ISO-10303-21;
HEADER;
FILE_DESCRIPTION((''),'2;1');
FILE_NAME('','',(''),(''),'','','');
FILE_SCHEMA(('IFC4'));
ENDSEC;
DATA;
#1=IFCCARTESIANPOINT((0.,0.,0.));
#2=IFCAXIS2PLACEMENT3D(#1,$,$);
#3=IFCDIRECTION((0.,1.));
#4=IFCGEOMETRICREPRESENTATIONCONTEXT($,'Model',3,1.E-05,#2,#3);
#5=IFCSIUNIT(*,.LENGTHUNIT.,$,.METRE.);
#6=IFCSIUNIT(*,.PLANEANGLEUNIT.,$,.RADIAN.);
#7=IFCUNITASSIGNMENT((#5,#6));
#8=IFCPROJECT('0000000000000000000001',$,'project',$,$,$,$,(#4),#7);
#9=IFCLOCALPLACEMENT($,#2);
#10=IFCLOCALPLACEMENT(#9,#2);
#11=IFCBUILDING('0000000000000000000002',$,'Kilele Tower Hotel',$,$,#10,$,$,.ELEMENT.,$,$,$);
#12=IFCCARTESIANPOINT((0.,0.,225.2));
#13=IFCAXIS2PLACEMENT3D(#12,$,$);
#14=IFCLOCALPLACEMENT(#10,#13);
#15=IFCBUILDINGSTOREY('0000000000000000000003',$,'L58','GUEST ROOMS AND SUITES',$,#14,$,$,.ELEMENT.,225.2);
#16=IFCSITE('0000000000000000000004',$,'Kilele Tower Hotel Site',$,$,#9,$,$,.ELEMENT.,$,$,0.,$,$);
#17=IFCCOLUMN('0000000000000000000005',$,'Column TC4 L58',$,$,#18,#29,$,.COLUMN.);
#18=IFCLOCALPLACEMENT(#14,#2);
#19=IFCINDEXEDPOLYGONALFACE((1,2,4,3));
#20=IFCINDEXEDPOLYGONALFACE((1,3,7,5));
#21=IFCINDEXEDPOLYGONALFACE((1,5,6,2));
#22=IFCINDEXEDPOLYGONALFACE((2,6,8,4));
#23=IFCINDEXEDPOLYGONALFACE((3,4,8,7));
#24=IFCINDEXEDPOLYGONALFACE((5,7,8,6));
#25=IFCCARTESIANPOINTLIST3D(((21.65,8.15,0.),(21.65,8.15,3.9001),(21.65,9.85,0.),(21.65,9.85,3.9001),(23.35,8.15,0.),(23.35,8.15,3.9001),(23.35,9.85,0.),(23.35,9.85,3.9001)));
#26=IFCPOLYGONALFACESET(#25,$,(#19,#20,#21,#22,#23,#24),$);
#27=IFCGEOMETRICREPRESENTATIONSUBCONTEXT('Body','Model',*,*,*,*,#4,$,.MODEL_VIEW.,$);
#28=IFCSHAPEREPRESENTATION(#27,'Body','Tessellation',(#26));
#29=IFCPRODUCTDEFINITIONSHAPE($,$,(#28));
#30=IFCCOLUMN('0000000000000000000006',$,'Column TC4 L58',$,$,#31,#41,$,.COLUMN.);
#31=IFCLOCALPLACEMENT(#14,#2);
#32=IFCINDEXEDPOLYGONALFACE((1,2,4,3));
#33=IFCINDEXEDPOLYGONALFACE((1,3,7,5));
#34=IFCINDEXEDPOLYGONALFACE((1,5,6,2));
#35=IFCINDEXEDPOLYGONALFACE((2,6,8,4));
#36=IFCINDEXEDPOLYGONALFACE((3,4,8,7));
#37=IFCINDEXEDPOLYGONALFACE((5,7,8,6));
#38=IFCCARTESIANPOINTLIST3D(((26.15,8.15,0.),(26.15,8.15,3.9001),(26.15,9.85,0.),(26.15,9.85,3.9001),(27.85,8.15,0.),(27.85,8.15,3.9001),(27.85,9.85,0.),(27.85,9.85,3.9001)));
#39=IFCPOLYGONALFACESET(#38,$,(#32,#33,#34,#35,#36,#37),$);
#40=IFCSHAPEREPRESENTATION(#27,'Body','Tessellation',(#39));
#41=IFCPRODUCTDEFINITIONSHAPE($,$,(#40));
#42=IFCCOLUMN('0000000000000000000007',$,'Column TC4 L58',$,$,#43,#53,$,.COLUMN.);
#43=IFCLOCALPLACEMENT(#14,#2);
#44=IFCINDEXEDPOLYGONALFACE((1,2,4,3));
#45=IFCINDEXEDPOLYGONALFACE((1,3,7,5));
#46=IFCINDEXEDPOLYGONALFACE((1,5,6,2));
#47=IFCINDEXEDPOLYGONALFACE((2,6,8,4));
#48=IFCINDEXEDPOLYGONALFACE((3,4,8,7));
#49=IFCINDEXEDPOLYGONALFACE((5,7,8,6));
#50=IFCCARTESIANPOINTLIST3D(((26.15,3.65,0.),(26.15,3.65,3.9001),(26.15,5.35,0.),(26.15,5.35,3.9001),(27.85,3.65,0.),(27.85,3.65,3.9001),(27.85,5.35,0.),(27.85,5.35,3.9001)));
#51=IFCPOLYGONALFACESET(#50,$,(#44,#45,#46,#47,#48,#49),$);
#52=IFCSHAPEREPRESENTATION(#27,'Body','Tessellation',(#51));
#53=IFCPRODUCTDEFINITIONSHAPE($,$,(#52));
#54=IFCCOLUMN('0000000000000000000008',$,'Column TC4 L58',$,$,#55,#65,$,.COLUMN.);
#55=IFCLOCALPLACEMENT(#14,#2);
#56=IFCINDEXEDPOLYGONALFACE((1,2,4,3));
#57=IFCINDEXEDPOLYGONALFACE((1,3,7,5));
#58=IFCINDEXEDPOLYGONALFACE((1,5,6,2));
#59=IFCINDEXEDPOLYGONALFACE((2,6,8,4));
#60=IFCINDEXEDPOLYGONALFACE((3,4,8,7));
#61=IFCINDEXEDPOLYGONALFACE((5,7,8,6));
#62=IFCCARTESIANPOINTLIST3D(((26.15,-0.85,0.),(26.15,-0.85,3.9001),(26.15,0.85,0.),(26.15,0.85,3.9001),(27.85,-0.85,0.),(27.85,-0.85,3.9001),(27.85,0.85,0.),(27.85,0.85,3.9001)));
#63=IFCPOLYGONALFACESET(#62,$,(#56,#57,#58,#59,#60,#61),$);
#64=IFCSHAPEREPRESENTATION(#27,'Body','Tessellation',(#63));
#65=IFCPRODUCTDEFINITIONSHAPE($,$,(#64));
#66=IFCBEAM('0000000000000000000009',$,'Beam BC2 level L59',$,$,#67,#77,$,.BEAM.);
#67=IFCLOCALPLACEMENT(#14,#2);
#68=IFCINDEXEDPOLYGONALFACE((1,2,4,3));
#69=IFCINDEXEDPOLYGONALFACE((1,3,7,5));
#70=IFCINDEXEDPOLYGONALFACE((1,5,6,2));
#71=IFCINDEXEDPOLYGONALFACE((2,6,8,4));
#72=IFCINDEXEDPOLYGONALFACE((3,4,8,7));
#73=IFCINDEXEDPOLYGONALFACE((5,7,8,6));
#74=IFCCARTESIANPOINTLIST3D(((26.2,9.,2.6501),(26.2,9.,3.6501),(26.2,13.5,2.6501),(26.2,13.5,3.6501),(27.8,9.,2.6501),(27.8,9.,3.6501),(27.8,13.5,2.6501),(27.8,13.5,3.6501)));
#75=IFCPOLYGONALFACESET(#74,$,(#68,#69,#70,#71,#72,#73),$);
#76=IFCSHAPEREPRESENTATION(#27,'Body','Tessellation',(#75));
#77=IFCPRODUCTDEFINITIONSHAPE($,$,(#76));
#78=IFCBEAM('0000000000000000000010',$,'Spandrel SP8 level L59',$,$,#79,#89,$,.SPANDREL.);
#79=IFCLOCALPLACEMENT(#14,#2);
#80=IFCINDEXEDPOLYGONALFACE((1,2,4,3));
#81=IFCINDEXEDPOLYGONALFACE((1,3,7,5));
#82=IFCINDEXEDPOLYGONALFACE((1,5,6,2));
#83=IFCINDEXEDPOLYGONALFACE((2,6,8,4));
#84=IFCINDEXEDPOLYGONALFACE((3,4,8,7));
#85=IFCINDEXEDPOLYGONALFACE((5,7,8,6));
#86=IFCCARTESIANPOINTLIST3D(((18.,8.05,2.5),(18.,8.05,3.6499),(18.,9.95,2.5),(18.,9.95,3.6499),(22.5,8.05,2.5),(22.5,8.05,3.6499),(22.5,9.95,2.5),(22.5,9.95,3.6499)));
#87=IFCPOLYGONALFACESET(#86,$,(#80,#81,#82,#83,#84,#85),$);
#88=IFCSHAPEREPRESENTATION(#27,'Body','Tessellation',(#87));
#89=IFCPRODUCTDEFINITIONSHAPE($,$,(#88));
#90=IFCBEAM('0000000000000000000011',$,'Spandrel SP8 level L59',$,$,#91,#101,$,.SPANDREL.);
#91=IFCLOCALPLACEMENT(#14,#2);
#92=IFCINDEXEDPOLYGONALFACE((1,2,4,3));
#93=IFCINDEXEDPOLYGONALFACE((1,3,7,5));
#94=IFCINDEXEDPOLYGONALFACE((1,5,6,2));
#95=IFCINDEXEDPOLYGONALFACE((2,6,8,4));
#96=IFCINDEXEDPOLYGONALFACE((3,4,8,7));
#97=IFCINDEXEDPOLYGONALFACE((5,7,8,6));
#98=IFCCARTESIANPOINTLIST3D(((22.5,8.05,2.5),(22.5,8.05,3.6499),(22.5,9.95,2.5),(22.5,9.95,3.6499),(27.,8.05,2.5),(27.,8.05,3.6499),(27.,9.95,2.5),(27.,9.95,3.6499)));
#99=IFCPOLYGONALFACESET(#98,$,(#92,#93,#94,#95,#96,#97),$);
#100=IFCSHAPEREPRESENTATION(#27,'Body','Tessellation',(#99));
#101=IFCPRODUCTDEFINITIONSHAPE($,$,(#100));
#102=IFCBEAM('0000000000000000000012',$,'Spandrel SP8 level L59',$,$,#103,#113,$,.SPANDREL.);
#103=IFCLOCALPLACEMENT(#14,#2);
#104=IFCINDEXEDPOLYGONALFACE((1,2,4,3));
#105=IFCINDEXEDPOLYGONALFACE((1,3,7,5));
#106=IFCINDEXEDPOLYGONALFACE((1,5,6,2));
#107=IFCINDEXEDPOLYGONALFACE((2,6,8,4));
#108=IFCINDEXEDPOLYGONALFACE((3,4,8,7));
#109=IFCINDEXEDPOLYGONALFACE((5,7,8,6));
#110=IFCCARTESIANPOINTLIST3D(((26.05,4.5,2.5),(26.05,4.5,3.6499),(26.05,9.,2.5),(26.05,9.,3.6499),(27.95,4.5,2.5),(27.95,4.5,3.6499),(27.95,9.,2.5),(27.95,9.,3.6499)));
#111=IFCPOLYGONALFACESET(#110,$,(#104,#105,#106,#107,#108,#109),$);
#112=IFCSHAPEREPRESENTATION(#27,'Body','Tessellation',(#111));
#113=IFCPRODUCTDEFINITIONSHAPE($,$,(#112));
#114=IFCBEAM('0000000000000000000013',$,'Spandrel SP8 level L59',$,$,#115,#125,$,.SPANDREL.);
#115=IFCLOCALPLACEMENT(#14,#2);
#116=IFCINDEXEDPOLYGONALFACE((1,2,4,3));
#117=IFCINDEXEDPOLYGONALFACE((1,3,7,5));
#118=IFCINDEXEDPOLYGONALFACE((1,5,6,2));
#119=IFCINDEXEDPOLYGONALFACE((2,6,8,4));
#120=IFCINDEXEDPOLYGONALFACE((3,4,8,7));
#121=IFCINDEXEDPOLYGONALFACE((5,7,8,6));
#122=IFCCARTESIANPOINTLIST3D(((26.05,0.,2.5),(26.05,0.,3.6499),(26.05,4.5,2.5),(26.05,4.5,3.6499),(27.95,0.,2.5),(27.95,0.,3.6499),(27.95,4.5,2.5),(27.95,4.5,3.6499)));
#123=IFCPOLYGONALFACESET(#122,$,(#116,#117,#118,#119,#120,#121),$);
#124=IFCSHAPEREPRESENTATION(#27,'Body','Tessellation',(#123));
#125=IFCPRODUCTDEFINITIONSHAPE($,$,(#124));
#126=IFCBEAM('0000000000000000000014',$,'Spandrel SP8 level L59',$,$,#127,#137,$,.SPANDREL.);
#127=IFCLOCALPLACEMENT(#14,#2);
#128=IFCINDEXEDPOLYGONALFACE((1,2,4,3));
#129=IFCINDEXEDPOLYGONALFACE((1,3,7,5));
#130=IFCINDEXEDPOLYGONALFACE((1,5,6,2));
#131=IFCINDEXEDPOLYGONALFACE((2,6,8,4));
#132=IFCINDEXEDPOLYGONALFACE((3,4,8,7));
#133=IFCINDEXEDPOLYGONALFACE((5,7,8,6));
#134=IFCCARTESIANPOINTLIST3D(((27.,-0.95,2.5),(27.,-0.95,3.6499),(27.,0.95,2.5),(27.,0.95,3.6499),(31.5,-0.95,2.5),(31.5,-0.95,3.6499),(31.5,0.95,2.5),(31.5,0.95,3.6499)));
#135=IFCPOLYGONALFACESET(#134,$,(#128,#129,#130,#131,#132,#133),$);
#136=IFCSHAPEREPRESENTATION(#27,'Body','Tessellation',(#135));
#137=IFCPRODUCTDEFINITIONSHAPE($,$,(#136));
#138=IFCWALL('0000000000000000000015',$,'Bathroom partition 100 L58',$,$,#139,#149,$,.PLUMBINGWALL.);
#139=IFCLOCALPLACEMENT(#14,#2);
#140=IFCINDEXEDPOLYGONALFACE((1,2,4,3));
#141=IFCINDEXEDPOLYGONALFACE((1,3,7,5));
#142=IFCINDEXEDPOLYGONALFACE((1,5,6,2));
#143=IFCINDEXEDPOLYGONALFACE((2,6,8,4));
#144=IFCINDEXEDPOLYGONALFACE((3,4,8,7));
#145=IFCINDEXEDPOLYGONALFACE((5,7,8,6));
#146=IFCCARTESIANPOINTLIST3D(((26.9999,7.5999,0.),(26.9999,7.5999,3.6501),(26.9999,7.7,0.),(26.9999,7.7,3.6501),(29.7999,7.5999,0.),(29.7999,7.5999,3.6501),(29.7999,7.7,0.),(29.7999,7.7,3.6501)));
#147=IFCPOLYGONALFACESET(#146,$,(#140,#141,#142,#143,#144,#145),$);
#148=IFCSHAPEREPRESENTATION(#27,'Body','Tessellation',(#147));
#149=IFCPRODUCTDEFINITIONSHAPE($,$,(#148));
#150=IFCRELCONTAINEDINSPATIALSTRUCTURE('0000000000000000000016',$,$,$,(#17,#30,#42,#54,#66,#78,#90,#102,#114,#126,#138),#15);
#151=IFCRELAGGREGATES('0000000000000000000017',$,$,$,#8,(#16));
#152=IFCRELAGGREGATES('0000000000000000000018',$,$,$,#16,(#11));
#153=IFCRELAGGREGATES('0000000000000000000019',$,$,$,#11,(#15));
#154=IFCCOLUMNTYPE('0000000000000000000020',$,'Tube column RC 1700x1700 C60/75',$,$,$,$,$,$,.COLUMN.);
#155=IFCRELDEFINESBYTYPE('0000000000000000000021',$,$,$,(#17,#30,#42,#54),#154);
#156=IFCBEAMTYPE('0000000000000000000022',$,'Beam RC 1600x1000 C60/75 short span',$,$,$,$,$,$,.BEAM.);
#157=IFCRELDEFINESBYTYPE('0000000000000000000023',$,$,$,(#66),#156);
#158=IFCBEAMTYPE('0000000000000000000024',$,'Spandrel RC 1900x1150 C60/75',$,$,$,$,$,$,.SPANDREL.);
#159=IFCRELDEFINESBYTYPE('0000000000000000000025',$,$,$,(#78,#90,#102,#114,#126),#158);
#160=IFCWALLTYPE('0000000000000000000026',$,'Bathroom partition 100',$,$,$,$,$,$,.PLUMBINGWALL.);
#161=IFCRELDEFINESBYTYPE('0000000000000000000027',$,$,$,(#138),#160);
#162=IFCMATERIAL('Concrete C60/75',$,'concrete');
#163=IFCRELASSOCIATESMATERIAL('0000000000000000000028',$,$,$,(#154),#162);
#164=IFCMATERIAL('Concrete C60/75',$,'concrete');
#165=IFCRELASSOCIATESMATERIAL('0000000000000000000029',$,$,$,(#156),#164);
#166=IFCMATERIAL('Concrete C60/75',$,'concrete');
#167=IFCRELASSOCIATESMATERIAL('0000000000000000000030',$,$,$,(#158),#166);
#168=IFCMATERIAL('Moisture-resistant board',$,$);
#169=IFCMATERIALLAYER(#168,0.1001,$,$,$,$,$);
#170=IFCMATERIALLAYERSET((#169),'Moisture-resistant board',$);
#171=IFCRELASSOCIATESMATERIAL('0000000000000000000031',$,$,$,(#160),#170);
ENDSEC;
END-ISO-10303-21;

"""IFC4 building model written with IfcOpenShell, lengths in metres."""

from ifc_helpers import new_model, si_unit, direction, frame, frame_2d, origin, origin_2d, place, context, subcontext, project, spatial, rectangle, extrude, material, layer, layer_set, material_profile, profile_set, type_object, element, save


model = new_model("IFC4")

# Units and contexts
model_context = context("Model", 3, precision=1e-05, world=origin(), true_north=direction((0.0, 1.0)))
body_context = subcontext(model_context, "Body", "Model", "MODEL_VIEW")
ifc_project = project(units=[si_unit("LENGTHUNIT", "METRE"), si_unit("PLANEANGLEUNIT", "RADIAN")], contexts=[model_context])

# Site, building, storey
site_placement = place(None, origin())
site = spatial("IfcSite", under=ifc_project, at=site_placement, Name="Kilele Tower Hotel Site", CompositionType="ELEMENT", RefElevation=0.0)
building_placement = place(site_placement, origin())
building = spatial("IfcBuilding", under=site, at=building_placement, Name="Kilele Tower Hotel", CompositionType="ELEMENT")
storey_placement = place(building_placement, frame((0.0, 0.0, 225.2)))
storey = spatial("IfcBuildingStorey", under=building, at=storey_placement, Name="L58", Description="GUEST ROOMS AND SUITES", CompositionType="ELEMENT", Elevation=225.2)

# Columns
ifc_material_1 = material(Name="Concrete C60/75", Category="concrete")
ifc_material_profile_1 = material_profile(ifc_material_1, rectangle(XDim=1.7, YDim=1.7, at=origin_2d()))
ifc_profile_set_1 = profile_set([ifc_material_profile_1], Name="Concrete C60/75")
column_type = type_object("IfcColumnType", Name="Tube column RC 1700x1700 C60/75", PredefinedType="COLUMN", material=ifc_profile_set_1)
for number, where, z_axis, x_axis, name in (
    (1, (22.5, 9.0, 0.0), (0.0, 0.0, 1.0), (1.0, 0.0, 0.0), "Column TC4 L58"),
    (2, (27.0, 9.0, 0.0), (0.0, 0.0, 1.0), (1.0, 0.0, 0.0), "Column TC4 L58"),
    (3, (27.0, 4.5, 0.0), (0.0, 0.0, 1.0), (1.0, 0.0, 0.0), "Column TC4 L58"),
    (4, (27.0, 0.0, 0.0), (0.0, 0.0, 1.0), (1.0, 0.0, 0.0), "Column TC4 L58"),
):
    element("IfcColumn", number, at=place(storey_placement, frame(where, z_axis=z_axis, x_axis=x_axis)), inside=storey, type_object=column_type, Name=name, PredefinedType="COLUMN", context=body_context, shape_type="SweptSolid", body=[
        extrude(rectangle(XDim=1.7, YDim=1.7, at=origin_2d()), origin(), (0.0, 0.0, 1.0), 3.9001),
    ])

# Beams
ifc_material_2 = material(Name="Concrete C60/75", Category="concrete")
ifc_material_profile_2 = material_profile(ifc_material_2, rectangle(XDim=1.6001, YDim=1.0, at=origin_2d()))
ifc_profile_set_2 = profile_set([ifc_material_profile_2], Name="Concrete C60/75")
beam_type_1 = type_object("IfcBeamType", Name="Beam RC 1600x1000 C60/75 short span", PredefinedType="BEAM", material=ifc_profile_set_2)
beam_placement = place(storey_placement, frame((27.0, 9.0, 3.1501), z_axis=(0.0, 1.0, 0.0), x_axis=(-1.0, 0.0, 0.0)))
element("IfcBeam", 5, at=beam_placement, inside=storey, type_object=beam_type_1, Name="Beam BC2 level L59", PredefinedType="BEAM", context=body_context, shape_type="SweptSolid", body=[
    extrude(rectangle(XDim=1.6001, YDim=1.0, at=origin_2d()), origin(), (0.0, 0.0, 1.0), 4.5),
])
ifc_material_3 = material(Name="Concrete C60/75", Category="concrete")
ifc_material_profile_3 = material_profile(ifc_material_3, rectangle(XDim=1.8999, YDim=1.1499, at=origin_2d()))
ifc_profile_set_3 = profile_set([ifc_material_profile_3], Name="Concrete C60/75")
beam_type_2 = type_object("IfcBeamType", Name="Spandrel RC 1900x1150 C60/75", PredefinedType="SPANDREL", material=ifc_profile_set_3)
for number, where, z_axis, x_axis, name in (
    (6, (18.0, 9.0, 3.075), (1.0, 0.0, 0.0), (0.0, 1.0, 0.0), "Spandrel SP8 level L59"),
    (7, (22.5, 9.0, 3.075), (1.0, 0.0, 0.0), (0.0, 1.0, 0.0), "Spandrel SP8 level L59"),
    (8, (27.0, 9.0, 3.075), (0.0, -1.0, 0.0), (1.0, 0.0, 0.0), "Spandrel SP8 level L59"),
    (9, (27.0, 4.5, 3.075), (0.0, -1.0, 0.0), (1.0, 0.0, 0.0), "Spandrel SP8 level L59"),
    (10, (27.0, 0.0, 3.075), (1.0, 0.0, 0.0), (0.0, 1.0, 0.0), "Spandrel SP8 level L59"),
):
    element("IfcBeam", number, at=place(storey_placement, frame(where, z_axis=z_axis, x_axis=x_axis)), inside=storey, type_object=beam_type_2, Name=name, PredefinedType="SPANDREL", context=body_context, shape_type="SweptSolid", body=[
        extrude(rectangle(XDim=1.8999, YDim=1.1499, at=origin_2d()), origin(), (0.0, 0.0, 1.0), 4.5),
    ])

# Wall
ifc_material_4 = material(Name="Moisture-resistant board")
ifc_layer_1 = layer(ifc_material_4, 0.1001)
ifc_layer_set_1 = layer_set([ifc_layer_1], Name="Moisture-resistant board")
wall_type_1 = type_object("IfcWallType", Name="Bathroom partition 100", PredefinedType="PLUMBINGWALL", material=ifc_layer_set_1)
wall_1_placement = place(storey_placement, frame((27.0, 7.6499, 0.0), z_axis=(0.0, 0.0, 1.0), x_axis=(1.0, 0.0, 0.0)))
element("IfcWall", 11, at=wall_1_placement, inside=storey, type_object=wall_type_1, Name="Bathroom partition 100 L58", PredefinedType="PLUMBINGWALL", context=body_context, shape_type="SweptSolid", body=[
    extrude(rectangle(XDim=2.8, YDim=0.1001, at=frame_2d((1.3999, 0.0))), origin(), (0.0, 0.0, 1.0), 3.6501),
])

save(model, "model.ifc")
